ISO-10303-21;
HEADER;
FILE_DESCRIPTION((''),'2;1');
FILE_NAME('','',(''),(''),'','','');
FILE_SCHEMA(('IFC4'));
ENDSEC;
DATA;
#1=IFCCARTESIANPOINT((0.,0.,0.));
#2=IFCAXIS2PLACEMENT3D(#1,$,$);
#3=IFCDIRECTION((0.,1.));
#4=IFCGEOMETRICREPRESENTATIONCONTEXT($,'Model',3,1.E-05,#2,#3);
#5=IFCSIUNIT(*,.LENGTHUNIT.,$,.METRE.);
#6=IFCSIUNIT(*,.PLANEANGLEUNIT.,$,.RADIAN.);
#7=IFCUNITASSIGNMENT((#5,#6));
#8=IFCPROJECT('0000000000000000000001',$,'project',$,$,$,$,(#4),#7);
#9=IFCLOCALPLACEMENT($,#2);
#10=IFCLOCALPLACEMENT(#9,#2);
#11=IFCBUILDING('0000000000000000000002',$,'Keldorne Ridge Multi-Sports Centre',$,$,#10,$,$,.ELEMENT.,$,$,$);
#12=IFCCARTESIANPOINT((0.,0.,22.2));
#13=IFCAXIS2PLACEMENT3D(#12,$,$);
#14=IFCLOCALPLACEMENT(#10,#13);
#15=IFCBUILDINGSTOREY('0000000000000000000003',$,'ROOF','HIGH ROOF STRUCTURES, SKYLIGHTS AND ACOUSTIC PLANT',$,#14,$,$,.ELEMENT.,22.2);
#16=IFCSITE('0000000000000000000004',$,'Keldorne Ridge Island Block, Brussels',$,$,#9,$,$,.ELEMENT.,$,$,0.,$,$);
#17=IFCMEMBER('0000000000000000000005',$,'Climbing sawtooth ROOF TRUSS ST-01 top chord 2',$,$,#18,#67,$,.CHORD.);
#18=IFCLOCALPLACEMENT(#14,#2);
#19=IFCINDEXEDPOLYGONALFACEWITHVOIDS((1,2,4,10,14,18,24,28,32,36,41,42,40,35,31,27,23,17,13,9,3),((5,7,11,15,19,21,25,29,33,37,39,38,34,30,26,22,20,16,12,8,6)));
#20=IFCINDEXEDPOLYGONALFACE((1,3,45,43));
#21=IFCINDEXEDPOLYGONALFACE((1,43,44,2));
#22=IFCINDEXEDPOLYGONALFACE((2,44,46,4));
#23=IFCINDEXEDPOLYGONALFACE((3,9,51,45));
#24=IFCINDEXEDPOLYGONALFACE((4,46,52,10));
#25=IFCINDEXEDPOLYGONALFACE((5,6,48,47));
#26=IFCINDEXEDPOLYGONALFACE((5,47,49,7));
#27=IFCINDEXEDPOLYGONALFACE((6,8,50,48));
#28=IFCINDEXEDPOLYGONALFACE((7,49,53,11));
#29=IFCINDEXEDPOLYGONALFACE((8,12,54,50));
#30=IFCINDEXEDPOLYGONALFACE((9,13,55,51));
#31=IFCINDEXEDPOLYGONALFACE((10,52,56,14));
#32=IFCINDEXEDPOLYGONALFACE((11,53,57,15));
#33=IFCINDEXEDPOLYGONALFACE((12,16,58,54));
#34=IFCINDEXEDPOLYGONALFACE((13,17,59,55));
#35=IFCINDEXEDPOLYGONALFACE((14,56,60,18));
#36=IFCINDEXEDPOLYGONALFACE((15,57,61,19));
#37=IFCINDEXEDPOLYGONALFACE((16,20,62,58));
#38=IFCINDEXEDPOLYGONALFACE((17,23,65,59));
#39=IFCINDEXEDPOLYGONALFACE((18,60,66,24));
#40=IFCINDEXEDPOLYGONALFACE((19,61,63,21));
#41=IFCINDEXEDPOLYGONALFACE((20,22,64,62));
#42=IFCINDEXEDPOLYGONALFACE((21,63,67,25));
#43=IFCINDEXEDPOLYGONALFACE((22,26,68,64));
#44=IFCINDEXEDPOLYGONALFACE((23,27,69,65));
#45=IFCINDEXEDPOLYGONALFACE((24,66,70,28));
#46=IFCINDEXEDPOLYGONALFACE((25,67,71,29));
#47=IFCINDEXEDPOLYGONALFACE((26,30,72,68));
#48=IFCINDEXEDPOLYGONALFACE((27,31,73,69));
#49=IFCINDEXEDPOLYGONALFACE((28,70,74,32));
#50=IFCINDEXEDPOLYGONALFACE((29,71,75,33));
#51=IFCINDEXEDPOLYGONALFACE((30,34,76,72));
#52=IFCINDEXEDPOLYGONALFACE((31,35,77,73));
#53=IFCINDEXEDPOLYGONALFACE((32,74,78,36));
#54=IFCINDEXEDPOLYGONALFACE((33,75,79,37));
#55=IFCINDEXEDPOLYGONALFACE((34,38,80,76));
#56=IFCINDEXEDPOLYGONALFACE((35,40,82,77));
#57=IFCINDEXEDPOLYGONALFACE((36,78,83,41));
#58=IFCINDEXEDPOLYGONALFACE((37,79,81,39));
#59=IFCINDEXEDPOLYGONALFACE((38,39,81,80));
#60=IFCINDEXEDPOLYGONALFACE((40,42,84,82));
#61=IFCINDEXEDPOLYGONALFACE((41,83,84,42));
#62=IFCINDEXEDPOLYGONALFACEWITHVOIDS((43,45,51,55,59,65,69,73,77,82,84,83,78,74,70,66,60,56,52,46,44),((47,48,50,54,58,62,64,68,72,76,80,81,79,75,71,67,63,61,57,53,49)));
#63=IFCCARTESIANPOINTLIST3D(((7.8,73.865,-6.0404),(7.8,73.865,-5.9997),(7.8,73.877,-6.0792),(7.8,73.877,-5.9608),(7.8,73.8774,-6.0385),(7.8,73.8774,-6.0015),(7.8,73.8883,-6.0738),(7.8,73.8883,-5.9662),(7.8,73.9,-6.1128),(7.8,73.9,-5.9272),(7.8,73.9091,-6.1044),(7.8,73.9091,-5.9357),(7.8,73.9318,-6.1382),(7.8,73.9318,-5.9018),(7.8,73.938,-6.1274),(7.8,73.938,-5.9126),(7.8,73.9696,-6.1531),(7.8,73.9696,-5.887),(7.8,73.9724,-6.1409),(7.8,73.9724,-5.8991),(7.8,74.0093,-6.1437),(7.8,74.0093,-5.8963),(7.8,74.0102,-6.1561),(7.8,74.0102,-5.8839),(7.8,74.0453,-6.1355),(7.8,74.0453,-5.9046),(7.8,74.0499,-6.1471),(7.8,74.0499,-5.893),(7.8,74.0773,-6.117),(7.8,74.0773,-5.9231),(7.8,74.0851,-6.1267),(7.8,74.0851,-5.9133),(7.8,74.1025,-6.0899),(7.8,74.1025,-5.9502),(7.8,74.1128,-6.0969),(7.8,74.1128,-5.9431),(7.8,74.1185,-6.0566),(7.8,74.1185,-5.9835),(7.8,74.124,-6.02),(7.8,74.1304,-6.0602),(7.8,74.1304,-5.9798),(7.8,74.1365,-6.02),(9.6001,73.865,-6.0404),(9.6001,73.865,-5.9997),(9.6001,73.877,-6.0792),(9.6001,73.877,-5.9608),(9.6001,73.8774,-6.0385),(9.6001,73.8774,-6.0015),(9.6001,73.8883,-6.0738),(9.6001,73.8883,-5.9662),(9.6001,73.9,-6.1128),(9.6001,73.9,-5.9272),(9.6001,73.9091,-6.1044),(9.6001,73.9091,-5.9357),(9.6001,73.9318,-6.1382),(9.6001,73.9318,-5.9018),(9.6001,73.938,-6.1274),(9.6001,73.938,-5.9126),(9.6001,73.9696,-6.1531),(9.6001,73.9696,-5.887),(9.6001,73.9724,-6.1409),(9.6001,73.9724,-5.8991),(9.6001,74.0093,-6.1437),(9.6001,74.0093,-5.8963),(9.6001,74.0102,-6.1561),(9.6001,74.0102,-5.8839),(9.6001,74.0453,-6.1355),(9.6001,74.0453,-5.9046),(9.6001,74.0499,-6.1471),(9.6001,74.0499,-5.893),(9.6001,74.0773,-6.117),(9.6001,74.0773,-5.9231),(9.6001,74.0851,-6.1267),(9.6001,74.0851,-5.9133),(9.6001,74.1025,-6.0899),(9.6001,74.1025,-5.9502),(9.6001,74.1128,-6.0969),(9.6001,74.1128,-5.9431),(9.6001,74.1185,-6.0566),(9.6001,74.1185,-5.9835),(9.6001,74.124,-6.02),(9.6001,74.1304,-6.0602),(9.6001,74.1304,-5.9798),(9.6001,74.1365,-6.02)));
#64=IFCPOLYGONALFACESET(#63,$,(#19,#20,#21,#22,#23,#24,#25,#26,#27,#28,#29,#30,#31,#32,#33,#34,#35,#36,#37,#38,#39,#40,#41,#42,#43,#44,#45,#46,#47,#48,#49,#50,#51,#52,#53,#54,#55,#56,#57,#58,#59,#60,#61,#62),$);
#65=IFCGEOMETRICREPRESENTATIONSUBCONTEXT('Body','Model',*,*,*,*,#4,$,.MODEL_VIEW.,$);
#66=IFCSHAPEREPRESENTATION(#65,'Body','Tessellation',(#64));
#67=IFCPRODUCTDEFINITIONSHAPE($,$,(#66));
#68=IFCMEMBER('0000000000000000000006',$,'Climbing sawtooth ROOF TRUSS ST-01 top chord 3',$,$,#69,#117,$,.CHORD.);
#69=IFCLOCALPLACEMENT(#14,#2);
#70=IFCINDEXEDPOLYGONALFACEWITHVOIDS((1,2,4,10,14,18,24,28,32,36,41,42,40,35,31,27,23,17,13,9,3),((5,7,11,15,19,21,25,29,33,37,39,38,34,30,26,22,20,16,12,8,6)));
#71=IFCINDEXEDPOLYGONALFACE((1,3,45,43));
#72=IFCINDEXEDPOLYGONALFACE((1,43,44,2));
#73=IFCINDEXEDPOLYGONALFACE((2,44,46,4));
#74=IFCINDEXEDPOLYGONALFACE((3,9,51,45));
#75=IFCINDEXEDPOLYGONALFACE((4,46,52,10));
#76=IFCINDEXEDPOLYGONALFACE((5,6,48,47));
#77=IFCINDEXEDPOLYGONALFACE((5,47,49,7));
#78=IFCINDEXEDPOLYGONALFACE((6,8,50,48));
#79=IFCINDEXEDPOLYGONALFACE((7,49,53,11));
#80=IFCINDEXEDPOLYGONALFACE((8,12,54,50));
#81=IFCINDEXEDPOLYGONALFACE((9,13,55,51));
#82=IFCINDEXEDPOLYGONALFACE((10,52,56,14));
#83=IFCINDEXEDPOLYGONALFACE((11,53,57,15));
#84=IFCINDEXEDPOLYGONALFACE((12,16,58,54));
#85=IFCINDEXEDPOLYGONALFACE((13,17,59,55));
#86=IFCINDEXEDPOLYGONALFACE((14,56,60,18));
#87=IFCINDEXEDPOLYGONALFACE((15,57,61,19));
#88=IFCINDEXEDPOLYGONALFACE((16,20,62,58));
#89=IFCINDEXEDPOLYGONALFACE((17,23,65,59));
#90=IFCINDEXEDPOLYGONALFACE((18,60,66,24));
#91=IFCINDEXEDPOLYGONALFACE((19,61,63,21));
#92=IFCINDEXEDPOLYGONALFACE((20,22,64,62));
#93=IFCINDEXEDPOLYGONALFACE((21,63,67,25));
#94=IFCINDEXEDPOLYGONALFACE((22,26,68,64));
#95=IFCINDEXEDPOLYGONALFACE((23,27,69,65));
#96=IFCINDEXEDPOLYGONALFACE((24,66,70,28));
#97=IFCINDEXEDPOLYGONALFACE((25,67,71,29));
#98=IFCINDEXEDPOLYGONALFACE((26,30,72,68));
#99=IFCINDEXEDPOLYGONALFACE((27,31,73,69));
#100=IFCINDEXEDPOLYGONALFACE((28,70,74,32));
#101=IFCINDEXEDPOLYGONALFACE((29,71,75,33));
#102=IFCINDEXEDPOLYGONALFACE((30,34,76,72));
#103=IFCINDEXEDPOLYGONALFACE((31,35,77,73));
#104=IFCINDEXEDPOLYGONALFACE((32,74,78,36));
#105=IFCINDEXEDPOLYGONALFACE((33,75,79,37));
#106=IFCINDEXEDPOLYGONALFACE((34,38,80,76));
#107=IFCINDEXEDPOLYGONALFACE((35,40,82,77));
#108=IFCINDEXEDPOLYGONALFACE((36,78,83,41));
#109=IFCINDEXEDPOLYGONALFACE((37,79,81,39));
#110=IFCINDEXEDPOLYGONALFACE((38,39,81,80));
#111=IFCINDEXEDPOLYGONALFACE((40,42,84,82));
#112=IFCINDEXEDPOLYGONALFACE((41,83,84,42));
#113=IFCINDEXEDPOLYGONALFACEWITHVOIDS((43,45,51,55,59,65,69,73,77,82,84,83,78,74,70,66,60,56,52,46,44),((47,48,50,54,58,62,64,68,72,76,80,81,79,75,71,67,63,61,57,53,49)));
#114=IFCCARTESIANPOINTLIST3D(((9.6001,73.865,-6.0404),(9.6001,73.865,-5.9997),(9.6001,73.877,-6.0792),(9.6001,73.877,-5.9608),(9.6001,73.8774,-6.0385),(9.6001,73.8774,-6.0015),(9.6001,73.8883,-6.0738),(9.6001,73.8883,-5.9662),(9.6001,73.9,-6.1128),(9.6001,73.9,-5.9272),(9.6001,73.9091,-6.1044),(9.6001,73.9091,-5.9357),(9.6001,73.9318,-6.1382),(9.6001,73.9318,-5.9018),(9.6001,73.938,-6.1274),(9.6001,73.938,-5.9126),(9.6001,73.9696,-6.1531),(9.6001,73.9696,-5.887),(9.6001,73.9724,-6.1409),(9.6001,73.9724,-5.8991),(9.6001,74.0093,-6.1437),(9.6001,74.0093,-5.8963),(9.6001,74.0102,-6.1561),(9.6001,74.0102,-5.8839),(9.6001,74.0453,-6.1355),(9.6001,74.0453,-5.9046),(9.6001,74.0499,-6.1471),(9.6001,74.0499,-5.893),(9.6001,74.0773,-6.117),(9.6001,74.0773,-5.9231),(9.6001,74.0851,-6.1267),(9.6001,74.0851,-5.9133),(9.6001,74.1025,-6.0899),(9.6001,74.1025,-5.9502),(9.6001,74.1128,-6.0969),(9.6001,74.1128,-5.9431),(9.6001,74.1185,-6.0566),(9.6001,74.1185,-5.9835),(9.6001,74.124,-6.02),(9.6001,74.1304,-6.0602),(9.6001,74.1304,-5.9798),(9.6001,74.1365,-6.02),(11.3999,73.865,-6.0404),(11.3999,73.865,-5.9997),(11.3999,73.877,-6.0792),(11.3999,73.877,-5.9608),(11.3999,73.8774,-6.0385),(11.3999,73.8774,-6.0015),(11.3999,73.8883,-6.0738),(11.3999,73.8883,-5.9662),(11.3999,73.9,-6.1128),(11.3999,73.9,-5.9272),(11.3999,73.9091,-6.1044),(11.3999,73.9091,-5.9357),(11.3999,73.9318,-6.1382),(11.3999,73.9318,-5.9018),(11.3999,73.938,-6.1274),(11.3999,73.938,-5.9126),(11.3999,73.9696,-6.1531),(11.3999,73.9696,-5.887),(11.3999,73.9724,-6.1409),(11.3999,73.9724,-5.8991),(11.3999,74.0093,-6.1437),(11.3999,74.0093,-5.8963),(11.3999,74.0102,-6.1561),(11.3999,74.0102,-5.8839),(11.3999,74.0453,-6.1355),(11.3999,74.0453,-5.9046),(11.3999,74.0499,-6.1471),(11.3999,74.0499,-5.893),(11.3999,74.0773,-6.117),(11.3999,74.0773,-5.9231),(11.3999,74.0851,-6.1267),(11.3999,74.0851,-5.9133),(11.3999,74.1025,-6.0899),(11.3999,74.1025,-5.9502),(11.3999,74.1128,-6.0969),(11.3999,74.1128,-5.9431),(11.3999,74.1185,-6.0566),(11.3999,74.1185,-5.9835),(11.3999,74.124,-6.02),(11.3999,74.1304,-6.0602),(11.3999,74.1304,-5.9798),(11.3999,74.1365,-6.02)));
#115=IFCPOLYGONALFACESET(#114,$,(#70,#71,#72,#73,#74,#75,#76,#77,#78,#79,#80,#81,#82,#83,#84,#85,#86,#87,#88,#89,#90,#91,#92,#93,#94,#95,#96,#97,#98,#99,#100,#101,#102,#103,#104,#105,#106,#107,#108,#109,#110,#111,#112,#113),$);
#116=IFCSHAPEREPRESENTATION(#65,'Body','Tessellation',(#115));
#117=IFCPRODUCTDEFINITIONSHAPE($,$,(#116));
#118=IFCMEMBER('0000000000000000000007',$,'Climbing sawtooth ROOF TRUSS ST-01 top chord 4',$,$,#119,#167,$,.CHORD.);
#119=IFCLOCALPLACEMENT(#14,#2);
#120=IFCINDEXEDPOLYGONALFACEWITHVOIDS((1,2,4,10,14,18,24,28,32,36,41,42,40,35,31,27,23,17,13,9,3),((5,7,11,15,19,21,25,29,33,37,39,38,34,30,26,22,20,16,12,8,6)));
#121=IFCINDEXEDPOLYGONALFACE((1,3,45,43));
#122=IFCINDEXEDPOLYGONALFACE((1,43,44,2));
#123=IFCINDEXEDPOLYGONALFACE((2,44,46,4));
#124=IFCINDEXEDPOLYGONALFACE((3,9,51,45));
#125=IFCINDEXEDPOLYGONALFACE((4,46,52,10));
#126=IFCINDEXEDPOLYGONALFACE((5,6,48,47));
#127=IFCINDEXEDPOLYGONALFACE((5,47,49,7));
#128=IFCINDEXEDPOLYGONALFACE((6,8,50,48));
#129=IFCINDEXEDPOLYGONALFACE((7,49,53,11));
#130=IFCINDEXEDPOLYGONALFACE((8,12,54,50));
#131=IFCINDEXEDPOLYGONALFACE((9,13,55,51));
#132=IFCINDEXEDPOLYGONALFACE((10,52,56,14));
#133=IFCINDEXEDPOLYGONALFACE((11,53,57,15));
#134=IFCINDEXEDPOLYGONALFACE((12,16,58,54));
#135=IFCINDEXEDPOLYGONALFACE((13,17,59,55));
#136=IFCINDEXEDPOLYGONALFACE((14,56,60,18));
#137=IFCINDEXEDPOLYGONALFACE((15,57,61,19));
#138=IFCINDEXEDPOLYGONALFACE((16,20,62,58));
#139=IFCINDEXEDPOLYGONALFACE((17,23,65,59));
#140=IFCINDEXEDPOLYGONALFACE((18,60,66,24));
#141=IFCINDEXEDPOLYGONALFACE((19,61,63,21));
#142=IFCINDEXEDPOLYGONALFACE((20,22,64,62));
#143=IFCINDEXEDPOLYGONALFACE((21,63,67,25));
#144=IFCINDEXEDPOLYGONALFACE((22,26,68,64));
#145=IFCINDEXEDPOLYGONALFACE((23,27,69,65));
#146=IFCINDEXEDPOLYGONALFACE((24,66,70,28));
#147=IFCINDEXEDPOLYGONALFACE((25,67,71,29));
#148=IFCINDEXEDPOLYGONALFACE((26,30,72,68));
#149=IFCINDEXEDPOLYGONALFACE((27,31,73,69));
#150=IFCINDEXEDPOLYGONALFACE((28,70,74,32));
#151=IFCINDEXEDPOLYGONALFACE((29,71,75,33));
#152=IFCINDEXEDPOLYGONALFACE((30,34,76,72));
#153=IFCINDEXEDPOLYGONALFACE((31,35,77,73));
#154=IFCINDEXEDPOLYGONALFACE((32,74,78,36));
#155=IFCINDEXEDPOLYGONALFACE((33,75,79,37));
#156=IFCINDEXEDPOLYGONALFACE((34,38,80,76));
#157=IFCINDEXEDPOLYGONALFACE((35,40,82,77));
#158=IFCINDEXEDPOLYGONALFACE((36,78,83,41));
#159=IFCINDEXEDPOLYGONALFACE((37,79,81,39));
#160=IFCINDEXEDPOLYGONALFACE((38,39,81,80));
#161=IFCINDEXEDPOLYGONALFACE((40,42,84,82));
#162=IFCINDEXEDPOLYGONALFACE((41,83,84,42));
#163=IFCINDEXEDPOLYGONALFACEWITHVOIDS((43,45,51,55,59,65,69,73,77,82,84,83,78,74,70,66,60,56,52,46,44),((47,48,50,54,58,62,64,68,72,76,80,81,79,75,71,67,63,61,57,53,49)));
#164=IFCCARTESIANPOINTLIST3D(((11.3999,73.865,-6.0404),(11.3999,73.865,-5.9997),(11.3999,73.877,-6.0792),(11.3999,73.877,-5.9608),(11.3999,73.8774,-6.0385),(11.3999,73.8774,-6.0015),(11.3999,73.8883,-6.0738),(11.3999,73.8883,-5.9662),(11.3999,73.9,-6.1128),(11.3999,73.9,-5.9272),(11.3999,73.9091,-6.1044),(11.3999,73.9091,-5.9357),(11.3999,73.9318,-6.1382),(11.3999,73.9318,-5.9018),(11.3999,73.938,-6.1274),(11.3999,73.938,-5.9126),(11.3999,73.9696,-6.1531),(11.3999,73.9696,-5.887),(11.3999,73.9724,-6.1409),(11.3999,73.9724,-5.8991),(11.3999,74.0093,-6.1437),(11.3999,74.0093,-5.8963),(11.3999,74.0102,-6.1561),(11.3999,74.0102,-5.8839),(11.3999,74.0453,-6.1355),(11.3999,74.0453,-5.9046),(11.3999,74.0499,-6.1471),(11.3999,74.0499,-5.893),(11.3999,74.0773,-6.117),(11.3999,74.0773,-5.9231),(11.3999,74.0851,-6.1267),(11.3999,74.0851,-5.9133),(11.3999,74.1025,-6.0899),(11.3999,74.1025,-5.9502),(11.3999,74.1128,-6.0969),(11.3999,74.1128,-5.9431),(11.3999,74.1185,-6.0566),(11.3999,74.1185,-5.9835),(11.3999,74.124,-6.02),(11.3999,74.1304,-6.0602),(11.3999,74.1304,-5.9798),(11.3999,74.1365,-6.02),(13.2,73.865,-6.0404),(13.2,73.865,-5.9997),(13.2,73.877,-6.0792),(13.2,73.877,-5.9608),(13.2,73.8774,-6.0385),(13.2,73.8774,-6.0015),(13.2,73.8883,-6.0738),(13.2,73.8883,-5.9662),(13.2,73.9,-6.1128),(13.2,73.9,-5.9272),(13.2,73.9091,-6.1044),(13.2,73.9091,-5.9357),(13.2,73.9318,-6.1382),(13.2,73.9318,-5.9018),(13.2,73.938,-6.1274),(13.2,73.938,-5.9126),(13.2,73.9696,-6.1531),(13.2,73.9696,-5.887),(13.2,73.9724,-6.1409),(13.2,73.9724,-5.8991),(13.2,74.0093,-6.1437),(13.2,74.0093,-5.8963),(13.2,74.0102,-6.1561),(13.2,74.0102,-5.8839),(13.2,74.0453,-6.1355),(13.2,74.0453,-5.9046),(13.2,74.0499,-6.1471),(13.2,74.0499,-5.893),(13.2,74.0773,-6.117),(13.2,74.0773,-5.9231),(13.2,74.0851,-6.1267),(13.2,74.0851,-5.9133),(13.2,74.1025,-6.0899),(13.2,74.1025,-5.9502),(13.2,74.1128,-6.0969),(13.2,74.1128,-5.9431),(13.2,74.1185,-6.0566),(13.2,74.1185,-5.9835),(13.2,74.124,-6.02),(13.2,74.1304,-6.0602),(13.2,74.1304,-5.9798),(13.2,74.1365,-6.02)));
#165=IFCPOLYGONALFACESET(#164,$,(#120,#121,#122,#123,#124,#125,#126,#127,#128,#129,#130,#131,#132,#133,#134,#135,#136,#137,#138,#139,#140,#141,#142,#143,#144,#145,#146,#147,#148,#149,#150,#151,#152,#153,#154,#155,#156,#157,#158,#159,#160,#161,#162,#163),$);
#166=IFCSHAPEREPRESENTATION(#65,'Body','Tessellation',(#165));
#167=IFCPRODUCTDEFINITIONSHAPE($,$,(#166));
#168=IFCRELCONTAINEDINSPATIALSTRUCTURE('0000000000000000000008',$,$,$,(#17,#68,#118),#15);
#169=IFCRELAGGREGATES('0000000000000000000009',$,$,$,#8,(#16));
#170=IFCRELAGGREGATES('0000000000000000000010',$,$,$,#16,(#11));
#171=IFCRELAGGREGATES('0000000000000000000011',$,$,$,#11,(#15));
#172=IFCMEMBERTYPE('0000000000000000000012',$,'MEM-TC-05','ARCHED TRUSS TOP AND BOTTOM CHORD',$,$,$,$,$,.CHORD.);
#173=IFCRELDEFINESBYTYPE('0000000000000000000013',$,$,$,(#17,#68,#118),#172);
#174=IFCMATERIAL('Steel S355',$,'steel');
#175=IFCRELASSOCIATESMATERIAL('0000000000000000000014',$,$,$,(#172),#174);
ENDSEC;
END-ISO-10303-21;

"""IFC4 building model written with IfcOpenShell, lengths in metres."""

from ifc_helpers import new_model, si_unit, direction, frame, origin, origin_2d, place, context, subcontext, project, spatial, hollow_circle, extrude, material, material_profile, profile_set, type_object, element, save


model = new_model("IFC4")

# Units and contexts
model_context = context("Model", 3, precision=1e-05, world=origin(), true_north=direction((0.0, 1.0)))
body_context = subcontext(model_context, "Body", "Model", "MODEL_VIEW")
ifc_project = project(units=[si_unit("LENGTHUNIT", "METRE"), si_unit("PLANEANGLEUNIT", "RADIAN")], contexts=[model_context])

# Site, building, storey
site_placement = place(None, origin())
site = spatial("IfcSite", under=ifc_project, at=site_placement, Name="Keldorne Ridge Island Block, Brussels", CompositionType="ELEMENT", RefElevation=0.0)
building_placement = place(site_placement, origin())
building = spatial("IfcBuilding", under=site, at=building_placement, Name="Keldorne Ridge Multi-Sports Centre", CompositionType="ELEMENT")
storey_placement = place(building_placement, frame((0.0, 0.0, 22.2)))
storey = spatial("IfcBuildingStorey", under=building, at=storey_placement, Name="ROOF", Description="HIGH ROOF STRUCTURES, SKYLIGHTS AND ACOUSTIC PLANT", CompositionType="ELEMENT", Elevation=22.2)

# Shared definitions
ifc_material_1 = material(Name="Steel S355", Category="steel")

# Members
ifc_material_profile_1 = material_profile(ifc_material_1, hollow_circle(Radius=0.1365, WallThickness=0.0125, at=origin_2d()), Name="CHS 273x12.5")
ifc_profile_set_1 = profile_set([ifc_material_profile_1], Name="Steel S355")
member_type_1 = type_object("IfcMemberType", Name="MEM-TC-05", Description="ARCHED TRUSS TOP AND BOTTOM CHORD", PredefinedType="CHORD", material=ifc_profile_set_1)
for number, where, z_axis, x_axis, name in (
    (1, (7.8, 74.0, -6.02), (1.0, 0.0, 0.0), (0.0, 1.0, 0.0), "Climbing sawtooth ROOF TRUSS ST-01 top chord 2"),
):
    element("IfcMember", number, at=place(storey_placement, frame(where, z_axis=z_axis, x_axis=x_axis)), inside=storey, type_object=member_type_1, Name=name, PredefinedType="CHORD", context=body_context, shape_type="SweptSolid", body=[
        extrude(hollow_circle(Radius=0.1365, WallThickness=0.0125, at=origin_2d()), origin(), (0.0, 0.0, 1.0), 1.8),
    ])
member_1_placement = place(storey_placement, frame((9.6001, 74.0, -6.02), z_axis=(1.0, 0.0, 0.0), x_axis=(0.0, 1.0, 0.0)))
element("IfcMember", 2, at=member_1_placement, inside=storey, type_object=member_type_1, Name="Climbing sawtooth ROOF TRUSS ST-01 top chord 3", PredefinedType="CHORD", context=body_context, shape_type="SweptSolid", body=[
    extrude(hollow_circle(Radius=0.1365, WallThickness=0.0125, at=origin_2d()), origin(), (0.0, 0.0, 1.0), 1.7998),
])
for number, where, z_axis, x_axis, name in (
    (3, (11.3999, 74.0, -6.02), (1.0, 0.0, 0.0), (0.0, 1.0, 0.0), "Climbing sawtooth ROOF TRUSS ST-01 top chord 4"),
):
    element("IfcMember", number, at=place(storey_placement, frame(where, z_axis=z_axis, x_axis=x_axis)), inside=storey, type_object=member_type_1, Name=name, PredefinedType="CHORD", context=body_context, shape_type="SweptSolid", body=[
        extrude(hollow_circle(Radius=0.1365, WallThickness=0.0125, at=origin_2d()), origin(), (0.0, 0.0, 1.0), 1.8),
    ])

save(model, "model.ifc")
